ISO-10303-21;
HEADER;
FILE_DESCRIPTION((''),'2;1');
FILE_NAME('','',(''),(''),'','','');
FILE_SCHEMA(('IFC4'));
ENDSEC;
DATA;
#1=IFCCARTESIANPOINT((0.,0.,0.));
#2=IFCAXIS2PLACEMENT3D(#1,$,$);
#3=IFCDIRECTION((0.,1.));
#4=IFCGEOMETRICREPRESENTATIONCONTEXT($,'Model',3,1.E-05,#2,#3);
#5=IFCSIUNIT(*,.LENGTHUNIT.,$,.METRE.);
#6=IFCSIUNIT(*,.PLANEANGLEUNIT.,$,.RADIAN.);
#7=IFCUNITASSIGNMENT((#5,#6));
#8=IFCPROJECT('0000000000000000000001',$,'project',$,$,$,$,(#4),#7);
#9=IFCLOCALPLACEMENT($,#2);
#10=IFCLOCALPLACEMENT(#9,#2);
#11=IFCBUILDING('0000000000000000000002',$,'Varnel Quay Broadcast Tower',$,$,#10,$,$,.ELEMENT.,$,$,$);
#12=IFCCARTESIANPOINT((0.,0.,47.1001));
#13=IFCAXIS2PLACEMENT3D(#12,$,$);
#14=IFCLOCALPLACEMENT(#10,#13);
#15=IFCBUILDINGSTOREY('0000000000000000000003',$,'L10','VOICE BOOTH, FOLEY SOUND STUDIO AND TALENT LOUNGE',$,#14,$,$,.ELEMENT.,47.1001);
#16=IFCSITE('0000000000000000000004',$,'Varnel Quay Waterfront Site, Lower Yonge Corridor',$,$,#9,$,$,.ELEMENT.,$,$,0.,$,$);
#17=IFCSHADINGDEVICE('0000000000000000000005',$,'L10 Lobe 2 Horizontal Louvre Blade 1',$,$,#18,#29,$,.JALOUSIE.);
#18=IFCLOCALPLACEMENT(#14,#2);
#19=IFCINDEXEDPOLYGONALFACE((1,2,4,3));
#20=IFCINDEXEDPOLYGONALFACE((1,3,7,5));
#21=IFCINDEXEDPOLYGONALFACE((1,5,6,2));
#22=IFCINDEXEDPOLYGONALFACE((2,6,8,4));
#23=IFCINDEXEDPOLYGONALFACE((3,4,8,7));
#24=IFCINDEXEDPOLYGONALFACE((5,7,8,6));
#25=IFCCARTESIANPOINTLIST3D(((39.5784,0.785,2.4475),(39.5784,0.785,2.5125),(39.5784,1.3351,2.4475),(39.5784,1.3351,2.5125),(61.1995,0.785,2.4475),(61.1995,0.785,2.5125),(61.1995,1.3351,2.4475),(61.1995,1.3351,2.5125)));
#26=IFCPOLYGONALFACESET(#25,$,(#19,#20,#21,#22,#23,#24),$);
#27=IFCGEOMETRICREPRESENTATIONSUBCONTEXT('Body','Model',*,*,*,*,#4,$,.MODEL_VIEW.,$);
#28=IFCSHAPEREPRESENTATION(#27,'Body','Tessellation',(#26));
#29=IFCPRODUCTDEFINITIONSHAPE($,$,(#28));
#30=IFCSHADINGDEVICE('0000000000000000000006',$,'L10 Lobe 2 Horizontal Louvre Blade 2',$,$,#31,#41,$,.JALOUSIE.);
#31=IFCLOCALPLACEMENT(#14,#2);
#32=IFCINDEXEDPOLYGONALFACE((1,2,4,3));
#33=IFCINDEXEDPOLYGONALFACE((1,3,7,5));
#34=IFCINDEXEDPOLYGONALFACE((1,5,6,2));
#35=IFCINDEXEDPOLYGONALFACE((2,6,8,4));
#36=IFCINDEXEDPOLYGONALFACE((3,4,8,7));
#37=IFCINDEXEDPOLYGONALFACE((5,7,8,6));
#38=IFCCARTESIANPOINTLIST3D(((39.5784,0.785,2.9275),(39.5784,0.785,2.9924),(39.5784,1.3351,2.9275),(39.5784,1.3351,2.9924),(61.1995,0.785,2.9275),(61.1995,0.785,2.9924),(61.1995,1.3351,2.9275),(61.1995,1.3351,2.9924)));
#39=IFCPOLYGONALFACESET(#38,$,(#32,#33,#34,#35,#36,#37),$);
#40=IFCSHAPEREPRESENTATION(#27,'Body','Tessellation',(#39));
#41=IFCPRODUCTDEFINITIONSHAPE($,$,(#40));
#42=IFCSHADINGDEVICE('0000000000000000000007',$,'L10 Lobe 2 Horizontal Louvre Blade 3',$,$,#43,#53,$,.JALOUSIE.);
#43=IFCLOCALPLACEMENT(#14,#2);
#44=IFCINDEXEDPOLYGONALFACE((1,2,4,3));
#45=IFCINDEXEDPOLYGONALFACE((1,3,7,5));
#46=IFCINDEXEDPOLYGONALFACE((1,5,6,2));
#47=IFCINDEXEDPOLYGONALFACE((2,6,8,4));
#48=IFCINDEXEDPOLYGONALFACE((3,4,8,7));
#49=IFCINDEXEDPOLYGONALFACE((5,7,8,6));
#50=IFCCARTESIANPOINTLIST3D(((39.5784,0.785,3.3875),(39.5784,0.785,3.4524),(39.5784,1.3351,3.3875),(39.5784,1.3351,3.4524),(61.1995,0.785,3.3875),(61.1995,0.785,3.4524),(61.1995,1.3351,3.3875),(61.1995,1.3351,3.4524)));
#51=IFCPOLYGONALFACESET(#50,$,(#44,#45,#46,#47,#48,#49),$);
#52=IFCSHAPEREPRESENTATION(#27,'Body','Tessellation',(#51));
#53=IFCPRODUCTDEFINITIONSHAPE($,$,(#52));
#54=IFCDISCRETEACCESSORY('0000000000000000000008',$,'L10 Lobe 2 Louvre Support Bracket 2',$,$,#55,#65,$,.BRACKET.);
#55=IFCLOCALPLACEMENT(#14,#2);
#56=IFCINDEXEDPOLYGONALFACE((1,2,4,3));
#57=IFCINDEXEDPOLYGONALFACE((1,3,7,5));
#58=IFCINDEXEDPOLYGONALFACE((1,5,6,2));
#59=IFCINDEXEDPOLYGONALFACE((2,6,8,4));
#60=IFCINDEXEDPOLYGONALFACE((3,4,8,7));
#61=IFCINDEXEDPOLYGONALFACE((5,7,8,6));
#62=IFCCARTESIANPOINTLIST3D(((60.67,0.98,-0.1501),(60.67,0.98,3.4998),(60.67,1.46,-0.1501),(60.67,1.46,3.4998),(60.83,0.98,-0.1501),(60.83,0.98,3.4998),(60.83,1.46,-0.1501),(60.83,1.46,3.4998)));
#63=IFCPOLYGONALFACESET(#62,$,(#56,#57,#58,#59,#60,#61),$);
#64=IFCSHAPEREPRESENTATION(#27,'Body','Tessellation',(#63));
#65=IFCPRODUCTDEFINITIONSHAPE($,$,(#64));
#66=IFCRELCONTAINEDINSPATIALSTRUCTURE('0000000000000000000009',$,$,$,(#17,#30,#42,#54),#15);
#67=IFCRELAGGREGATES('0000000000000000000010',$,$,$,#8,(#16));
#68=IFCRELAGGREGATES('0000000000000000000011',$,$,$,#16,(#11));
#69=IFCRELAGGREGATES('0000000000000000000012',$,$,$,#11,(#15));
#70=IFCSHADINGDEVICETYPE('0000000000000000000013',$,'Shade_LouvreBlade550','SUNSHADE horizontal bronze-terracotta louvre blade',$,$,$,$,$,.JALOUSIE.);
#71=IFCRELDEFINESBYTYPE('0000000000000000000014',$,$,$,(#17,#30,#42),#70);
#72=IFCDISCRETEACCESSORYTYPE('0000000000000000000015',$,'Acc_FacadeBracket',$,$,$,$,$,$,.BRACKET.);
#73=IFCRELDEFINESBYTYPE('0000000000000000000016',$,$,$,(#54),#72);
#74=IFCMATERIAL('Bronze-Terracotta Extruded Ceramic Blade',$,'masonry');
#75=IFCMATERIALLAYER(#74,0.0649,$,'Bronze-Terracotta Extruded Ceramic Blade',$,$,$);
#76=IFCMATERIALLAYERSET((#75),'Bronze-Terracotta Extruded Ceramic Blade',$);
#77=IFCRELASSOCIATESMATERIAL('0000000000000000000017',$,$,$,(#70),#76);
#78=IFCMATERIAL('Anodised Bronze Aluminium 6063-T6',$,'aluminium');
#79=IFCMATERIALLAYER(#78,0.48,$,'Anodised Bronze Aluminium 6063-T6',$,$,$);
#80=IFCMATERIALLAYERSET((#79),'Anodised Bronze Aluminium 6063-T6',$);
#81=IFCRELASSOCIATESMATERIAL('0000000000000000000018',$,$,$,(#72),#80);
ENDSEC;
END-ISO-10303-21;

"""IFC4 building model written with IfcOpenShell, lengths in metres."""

from ifc_helpers import new_model, si_unit, direction, frame, origin, origin_2d, place, context, subcontext, project, spatial, rectangle, extrude, source, transform, mapped, material, layer, layer_set, type_object, type_shapes, element, save


model = new_model("IFC4")

# Units and contexts
model_context = context("Model", 3, precision=1e-05, world=origin(), true_north=direction((0.0, 1.0)))
body_context = subcontext(model_context, "Body", "Model", "MODEL_VIEW")
ifc_project = project(units=[si_unit("LENGTHUNIT", "METRE"), si_unit("PLANEANGLEUNIT", "RADIAN")], contexts=[model_context])

# Site, building, storey
site_placement = place(None, origin())
site = spatial("IfcSite", under=ifc_project, at=site_placement, Name="Varnel Quay Waterfront Site, Lower Yonge Corridor", CompositionType="ELEMENT", RefElevation=0.0)
building_placement = place(site_placement, origin())
building = spatial("IfcBuilding", under=site, at=building_placement, Name="Varnel Quay Broadcast Tower", CompositionType="ELEMENT")
storey_placement = place(building_placement, frame((0.0, 0.0, 47.1001)))
storey = spatial("IfcBuildingStorey", under=building, at=storey_placement, Name="L10", Description="VOICE BOOTH, FOLEY SOUND STUDIO AND TALENT LOUNGE", CompositionType="ELEMENT", Elevation=47.1001)

# Shared definitions
ifc_material_1 = material(Name="Anodised Bronze Aluminium 6063-T6", Category="aluminium")

# Shading devices
ifc_material_2 = material(Name="Bronze-Terracotta Extruded Ceramic Blade", Category="masonry")
ifc_layer_1 = layer(ifc_material_2, 0.0649, Name="Bronze-Terracotta Extruded Ceramic Blade")
ifc_layer_set_1 = layer_set([ifc_layer_1], Name="Bronze-Terracotta Extruded Ceramic Blade")
shading_device_type = type_object("IfcShadingDeviceType", Name="Shade_LouvreBlade550", Description="SUNSHADE horizontal bronze-terracotta louvre blade", PredefinedType="JALOUSIE", material=ifc_layer_set_1)
shared_shape_1 = source(origin(), body_context, "Body", "SweptSolid", [
    extrude(rectangle(XDim=21.6211, YDim=0.55, at=origin_2d()), origin(), (0.0, 0.0, 1.0), 0.0649),
])
type_shapes(shading_device_type, [shared_shape_1])
for number, where, z_axis, x_axis, name in (
    (1, (50.3889, 1.0601, 2.4475), (0.0, 0.0, 1.0), (1.0, 0.0, 0.0), "L10 Lobe 2 Horizontal Louvre Blade 1"),
    (2, (50.3889, 1.0601, 2.9275), (0.0, 0.0, 1.0), (1.0, 0.0, 0.0), "L10 Lobe 2 Horizontal Louvre Blade 2"),
    (3, (50.3889, 1.0601, 3.3875), (0.0, 0.0, 1.0), (1.0, 0.0, 0.0), "L10 Lobe 2 Horizontal Louvre Blade 3"),
):
    element("IfcShadingDevice", number, at=place(storey_placement, frame(where, z_axis=z_axis, x_axis=x_axis)), inside=storey, type_object=shading_device_type, Name=name, PredefinedType="JALOUSIE", context=body_context, shape_type="MappedRepresentation", body=[
        mapped(shared_shape_1, transform((0.0, 0.0, 0.0), x_axis=(1.0, 0.0, 0.0), y_axis=(0.0, 1.0, 0.0), z_axis=(0.0, 0.0, 1.0), scale=1.0)),
    ])

# Discrete accessory
ifc_layer_2 = layer(ifc_material_1, 0.48, Name="Anodised Bronze Aluminium 6063-T6")
ifc_layer_set_2 = layer_set([ifc_layer_2], Name="Anodised Bronze Aluminium 6063-T6")
discrete_accessory_type = type_object("IfcDiscreteAccessoryType", Name="Acc_FacadeBracket", PredefinedType="BRACKET", material=ifc_layer_set_2)
shared_shape_2 = source(origin(), body_context, "Body", "SweptSolid", [
    extrude(rectangle(XDim=0.1599, YDim=0.48, at=origin_2d()), origin(), (0.0, 0.0, 1.0), 3.6499),
])
type_shapes(discrete_accessory_type, [shared_shape_2])
discrete_accessory_placement = place(storey_placement, frame((60.75, 1.22, -0.1501), z_axis=(0.0, 0.0, 1.0), x_axis=(1.0, 0.0, 0.0)))
element("IfcDiscreteAccessory", 4, at=discrete_accessory_placement, inside=storey, type_object=discrete_accessory_type, Name="L10 Lobe 2 Louvre Support Bracket 2", PredefinedType="BRACKET", context=body_context, shape_type="MappedRepresentation", body=[
    mapped(shared_shape_2, transform((0.0, 0.0, 0.0), x_axis=(1.0, 0.0, 0.0), y_axis=(0.0, 1.0, 0.0), z_axis=(0.0, 0.0, 1.0), scale=1.0)),
])

save(model, "model.ifc")
